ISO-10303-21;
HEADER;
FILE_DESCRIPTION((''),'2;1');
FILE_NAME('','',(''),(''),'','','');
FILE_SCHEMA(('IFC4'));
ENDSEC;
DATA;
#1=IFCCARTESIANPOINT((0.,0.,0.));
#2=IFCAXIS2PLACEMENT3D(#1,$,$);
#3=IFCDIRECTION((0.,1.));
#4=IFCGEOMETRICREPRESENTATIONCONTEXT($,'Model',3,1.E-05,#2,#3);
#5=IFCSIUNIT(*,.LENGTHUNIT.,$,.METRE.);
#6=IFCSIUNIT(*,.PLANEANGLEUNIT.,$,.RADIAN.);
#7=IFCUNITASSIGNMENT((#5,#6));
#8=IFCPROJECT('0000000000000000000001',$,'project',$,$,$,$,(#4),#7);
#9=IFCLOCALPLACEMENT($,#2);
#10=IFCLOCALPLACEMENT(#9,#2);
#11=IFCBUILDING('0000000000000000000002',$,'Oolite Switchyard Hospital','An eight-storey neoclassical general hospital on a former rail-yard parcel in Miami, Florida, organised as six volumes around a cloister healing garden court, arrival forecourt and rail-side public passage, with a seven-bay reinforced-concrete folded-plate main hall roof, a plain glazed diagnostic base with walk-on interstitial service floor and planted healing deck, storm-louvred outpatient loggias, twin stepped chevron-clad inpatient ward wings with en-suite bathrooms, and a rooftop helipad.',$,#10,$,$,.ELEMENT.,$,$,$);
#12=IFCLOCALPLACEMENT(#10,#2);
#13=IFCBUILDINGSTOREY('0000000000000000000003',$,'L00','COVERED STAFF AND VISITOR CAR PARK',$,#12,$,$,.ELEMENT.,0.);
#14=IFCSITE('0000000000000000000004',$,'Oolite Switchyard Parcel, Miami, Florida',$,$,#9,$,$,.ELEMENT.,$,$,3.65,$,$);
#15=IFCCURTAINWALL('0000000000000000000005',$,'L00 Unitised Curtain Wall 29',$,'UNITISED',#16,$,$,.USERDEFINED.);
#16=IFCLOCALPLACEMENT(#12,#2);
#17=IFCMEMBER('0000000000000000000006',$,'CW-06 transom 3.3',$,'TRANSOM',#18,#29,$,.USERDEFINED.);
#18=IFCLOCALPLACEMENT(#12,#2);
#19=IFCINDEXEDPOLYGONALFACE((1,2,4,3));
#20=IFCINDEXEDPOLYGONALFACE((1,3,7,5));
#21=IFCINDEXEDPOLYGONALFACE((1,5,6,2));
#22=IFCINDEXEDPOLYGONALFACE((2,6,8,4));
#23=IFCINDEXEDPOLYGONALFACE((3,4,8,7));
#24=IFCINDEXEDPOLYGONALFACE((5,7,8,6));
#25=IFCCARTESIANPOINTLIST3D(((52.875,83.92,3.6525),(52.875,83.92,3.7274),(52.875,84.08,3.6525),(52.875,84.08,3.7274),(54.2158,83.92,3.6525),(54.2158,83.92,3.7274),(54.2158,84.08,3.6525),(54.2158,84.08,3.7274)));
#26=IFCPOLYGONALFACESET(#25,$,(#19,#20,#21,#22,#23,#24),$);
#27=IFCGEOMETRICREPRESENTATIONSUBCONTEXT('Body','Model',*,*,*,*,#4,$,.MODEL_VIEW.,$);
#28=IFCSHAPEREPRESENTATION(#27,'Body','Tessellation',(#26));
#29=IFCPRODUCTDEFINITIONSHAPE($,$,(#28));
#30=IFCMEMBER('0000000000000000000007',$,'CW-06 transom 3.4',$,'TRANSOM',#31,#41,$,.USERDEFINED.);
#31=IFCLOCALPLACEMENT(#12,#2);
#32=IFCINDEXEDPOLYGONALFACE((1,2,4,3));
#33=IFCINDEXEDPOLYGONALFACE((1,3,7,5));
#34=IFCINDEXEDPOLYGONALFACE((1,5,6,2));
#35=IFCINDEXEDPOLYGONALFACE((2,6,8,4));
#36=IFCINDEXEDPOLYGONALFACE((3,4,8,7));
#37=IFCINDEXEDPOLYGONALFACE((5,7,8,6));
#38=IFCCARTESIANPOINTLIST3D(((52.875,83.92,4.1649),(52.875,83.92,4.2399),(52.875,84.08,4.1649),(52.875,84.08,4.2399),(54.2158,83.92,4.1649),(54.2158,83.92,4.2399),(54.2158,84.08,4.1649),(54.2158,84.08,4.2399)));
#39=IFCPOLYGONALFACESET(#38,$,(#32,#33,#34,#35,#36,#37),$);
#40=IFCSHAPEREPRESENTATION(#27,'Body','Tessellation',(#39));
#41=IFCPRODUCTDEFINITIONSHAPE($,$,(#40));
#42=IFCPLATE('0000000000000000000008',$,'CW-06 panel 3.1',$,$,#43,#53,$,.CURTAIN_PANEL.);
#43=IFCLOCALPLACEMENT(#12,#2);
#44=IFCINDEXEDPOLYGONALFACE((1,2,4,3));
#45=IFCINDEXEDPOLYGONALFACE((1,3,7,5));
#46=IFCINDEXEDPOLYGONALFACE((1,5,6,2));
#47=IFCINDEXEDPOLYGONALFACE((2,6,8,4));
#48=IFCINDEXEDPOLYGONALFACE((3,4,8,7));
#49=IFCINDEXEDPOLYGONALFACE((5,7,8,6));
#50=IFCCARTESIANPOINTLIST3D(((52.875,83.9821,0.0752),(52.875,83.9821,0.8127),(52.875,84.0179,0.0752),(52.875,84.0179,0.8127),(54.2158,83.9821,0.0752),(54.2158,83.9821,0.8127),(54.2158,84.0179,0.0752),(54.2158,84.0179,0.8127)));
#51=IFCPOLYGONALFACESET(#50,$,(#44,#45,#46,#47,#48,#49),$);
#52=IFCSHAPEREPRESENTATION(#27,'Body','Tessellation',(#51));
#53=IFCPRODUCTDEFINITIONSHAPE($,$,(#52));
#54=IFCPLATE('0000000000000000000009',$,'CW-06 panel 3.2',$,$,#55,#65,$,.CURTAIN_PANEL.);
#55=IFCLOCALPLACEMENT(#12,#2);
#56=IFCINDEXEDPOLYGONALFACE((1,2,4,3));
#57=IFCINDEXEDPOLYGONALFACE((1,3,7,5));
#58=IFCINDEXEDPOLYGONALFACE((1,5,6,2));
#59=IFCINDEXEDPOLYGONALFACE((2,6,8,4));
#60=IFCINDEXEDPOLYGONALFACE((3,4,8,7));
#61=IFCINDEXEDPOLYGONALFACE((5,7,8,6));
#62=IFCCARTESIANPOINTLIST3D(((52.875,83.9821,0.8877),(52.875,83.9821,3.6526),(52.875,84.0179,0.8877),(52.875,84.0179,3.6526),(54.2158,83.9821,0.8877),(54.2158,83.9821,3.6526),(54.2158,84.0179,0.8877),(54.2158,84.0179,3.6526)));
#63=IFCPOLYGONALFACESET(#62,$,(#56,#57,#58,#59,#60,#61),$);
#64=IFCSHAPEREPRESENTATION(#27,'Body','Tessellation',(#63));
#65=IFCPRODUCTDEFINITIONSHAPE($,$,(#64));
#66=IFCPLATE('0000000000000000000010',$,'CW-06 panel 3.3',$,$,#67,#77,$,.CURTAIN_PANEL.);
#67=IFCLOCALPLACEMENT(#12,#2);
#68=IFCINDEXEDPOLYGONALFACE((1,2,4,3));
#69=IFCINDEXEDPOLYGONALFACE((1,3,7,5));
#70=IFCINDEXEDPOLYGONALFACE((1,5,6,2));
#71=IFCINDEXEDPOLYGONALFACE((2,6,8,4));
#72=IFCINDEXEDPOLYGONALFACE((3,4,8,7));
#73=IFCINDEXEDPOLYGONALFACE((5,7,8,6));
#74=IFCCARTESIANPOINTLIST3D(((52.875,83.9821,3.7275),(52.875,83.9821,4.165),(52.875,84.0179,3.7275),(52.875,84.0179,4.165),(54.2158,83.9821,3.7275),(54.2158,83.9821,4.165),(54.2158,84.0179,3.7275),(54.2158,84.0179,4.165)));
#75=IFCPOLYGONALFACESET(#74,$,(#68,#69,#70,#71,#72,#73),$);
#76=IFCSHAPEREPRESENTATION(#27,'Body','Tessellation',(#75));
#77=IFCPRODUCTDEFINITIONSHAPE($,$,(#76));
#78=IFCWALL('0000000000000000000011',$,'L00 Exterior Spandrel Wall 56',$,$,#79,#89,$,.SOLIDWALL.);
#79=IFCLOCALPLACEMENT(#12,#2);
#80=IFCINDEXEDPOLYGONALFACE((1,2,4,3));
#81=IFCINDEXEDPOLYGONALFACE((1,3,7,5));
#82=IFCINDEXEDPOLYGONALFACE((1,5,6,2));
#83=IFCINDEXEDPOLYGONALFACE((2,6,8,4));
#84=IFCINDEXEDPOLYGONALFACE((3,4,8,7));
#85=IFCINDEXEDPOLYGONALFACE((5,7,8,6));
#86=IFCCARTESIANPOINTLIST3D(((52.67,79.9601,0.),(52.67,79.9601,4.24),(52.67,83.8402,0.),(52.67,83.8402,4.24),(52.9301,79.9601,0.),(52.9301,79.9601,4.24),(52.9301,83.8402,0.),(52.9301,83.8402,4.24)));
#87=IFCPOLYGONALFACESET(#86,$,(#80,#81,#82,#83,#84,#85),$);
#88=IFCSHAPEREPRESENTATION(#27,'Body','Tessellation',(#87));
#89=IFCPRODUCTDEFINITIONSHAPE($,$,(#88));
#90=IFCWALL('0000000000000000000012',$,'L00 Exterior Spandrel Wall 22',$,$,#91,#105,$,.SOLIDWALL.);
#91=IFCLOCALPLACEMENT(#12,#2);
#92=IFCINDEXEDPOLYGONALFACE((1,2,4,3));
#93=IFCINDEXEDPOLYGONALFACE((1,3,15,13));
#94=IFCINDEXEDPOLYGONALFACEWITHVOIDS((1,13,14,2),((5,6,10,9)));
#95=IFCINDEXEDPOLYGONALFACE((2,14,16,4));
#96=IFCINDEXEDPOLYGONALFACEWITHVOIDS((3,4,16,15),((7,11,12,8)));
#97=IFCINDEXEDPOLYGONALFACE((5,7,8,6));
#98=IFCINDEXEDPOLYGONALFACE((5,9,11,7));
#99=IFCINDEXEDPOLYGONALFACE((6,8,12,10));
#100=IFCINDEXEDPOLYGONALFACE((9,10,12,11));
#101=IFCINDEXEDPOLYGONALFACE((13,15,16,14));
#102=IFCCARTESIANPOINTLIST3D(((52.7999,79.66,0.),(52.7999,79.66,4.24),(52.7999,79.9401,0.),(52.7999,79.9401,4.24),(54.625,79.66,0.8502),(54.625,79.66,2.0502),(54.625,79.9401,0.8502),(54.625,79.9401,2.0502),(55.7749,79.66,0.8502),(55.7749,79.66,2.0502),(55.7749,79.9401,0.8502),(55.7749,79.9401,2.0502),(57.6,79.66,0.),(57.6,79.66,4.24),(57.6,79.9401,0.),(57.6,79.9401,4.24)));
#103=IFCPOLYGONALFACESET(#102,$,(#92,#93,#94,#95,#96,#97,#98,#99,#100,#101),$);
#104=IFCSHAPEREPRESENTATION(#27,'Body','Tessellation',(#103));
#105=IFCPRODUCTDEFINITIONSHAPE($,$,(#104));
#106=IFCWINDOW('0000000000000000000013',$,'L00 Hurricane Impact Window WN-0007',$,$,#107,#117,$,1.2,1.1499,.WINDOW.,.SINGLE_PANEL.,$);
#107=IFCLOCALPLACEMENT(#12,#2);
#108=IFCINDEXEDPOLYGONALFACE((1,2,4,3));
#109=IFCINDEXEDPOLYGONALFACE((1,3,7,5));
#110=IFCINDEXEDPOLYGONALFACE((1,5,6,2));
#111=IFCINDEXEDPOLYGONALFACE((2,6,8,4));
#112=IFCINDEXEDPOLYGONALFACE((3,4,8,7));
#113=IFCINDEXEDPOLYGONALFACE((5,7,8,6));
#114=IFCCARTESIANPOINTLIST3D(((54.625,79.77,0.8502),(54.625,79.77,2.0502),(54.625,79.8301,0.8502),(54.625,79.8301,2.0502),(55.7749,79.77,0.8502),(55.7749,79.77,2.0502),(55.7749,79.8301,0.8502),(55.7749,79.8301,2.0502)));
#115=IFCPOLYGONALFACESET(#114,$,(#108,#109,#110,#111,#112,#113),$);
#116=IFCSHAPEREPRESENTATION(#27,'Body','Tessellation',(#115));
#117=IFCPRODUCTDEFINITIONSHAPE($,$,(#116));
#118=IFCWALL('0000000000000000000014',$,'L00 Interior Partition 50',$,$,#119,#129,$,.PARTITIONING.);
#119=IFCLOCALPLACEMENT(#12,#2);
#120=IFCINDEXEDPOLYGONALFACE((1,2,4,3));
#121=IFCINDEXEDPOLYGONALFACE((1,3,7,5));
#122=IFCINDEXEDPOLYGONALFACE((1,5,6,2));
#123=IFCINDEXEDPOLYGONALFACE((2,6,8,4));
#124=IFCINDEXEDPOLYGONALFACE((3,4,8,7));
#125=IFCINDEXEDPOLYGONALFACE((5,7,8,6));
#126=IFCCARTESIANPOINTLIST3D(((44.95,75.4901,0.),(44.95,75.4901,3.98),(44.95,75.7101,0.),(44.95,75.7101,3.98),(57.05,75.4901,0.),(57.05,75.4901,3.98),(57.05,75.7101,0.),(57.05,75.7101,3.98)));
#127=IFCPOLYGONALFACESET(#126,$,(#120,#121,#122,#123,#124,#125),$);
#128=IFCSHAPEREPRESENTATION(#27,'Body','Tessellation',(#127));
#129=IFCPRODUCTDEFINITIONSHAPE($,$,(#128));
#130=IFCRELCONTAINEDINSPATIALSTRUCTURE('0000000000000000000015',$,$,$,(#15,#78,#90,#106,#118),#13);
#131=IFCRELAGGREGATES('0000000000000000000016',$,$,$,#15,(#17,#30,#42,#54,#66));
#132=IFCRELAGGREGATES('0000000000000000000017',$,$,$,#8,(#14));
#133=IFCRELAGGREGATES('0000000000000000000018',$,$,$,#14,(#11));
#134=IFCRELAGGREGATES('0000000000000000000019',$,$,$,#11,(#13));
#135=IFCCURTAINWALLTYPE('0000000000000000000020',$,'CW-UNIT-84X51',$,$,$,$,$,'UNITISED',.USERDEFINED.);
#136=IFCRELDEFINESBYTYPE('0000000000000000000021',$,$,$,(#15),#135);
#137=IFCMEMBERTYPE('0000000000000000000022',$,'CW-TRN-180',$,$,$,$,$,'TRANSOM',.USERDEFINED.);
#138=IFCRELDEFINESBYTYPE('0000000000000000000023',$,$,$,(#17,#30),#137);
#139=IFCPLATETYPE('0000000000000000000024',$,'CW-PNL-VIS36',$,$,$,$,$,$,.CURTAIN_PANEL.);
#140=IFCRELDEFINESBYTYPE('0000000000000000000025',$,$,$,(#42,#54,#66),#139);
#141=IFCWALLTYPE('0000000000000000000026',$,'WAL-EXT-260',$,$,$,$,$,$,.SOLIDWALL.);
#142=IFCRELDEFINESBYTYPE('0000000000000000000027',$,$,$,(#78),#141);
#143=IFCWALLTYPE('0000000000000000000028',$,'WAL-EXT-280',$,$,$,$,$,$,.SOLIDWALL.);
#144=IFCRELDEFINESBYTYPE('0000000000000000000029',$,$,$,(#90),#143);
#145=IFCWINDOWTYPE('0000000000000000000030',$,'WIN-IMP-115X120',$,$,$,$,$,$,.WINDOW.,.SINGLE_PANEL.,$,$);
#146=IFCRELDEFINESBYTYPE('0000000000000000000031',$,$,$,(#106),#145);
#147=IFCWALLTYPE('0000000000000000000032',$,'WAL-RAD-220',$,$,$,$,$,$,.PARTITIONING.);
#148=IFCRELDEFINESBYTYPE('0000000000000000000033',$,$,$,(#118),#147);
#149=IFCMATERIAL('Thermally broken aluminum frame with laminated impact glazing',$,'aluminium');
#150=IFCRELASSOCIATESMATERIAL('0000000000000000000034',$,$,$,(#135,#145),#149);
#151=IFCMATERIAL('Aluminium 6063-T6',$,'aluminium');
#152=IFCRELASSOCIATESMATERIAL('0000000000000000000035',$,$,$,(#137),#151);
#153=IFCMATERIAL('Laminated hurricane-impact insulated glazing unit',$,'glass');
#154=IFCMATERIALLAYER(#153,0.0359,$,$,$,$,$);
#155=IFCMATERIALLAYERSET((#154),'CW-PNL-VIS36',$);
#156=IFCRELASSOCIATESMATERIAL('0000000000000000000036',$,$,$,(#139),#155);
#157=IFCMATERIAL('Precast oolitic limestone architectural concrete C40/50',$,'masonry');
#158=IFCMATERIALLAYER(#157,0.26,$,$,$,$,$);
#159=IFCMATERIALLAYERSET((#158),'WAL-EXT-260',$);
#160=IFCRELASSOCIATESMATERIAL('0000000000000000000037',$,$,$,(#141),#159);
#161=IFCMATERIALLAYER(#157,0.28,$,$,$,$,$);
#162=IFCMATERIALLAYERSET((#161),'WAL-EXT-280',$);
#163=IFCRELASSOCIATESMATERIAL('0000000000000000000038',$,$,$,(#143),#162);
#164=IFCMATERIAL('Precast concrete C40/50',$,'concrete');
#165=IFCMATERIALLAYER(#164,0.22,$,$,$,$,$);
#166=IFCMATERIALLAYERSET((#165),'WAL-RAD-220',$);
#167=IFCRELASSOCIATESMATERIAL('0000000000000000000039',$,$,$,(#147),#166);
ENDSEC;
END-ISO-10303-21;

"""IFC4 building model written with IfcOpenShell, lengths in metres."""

from ifc_helpers import new_model, si_unit, direction, frame, frame_2d, origin, origin_2d, place, context, subcontext, project, spatial, rectangle, extrude, material, layer, layer_set, material_profile, profile_set, type_object, element, fill, aggregate, save


model = new_model("IFC4")

# Units and contexts
model_context = context("Model", 3, precision=1e-05, world=origin(), true_north=direction((0.0, 1.0)))
body_context = subcontext(model_context, "Body", "Model", "MODEL_VIEW")
ifc_project = project(units=[si_unit("LENGTHUNIT", "METRE"), si_unit("PLANEANGLEUNIT", "RADIAN")], contexts=[model_context])

# Site, building, storey
site_placement = place(None, origin())
site = spatial("IfcSite", under=ifc_project, at=site_placement, Name="Oolite Switchyard Parcel, Miami, Florida", CompositionType="ELEMENT", RefElevation=3.65)
building_placement = place(site_placement, origin())
building = spatial("IfcBuilding", under=site, at=building_placement, Name="Oolite Switchyard Hospital", Description="An eight-storey neoclassical general hospital on a former rail-yard parcel in Miami, Florida, organised as six volumes around a cloister healing garden court, arrival forecourt and rail-side public passage, with a seven-bay reinforced-concrete folded-plate main hall roof, a plain glazed diagnostic base with walk-on interstitial service floor and planted healing deck, storm-louvred outpatient loggias, twin stepped chevron-clad inpatient ward wings with en-suite bathrooms, and a rooftop helipad.", CompositionType="ELEMENT")
storey_placement = place(building_placement, origin())
storey = spatial("IfcBuildingStorey", under=building, at=storey_placement, Name="L00", Description="COVERED STAFF AND VISITOR CAR PARK", CompositionType="ELEMENT", Elevation=0.0)

# Curtain wall, members, plates
ifc_material_1 = material(Name="Thermally broken aluminum frame with laminated impact glazing", Category="aluminium")
curtain_wall_type = type_object("IfcCurtainWallType", Name="CW-UNIT-84X51", ElementType="UNITISED", PredefinedType="USERDEFINED", material=ifc_material_1)
curtain_wall_placement = place(storey_placement, origin())
curtain_wall = element("IfcCurtainWall", 1, at=curtain_wall_placement, inside=storey, type_object=curtain_wall_type, Name="L00 Unitised Curtain Wall 29", ObjectType="UNITISED", PredefinedType="USERDEFINED")
ifc_material_2 = material(Name="Aluminium 6063-T6", Category="aluminium")
ifc_material_profile_1 = material_profile(ifc_material_2, rectangle(XDim=0.1599, YDim=0.075, at=origin_2d()), Name="CWT75X160")
ifc_profile_set_1 = profile_set([ifc_material_profile_1], Name="Aluminium 6063-T6")
member_type_1 = type_object("IfcMemberType", Name="CW-TRN-180", ElementType="TRANSOM", PredefinedType="USERDEFINED", material=ifc_profile_set_1)
member_1_placement = place(storey_placement, frame((54.2158, 84.0, 3.6899), z_axis=(-1.0, 0.0, 0.0), x_axis=(0.0, -1.0, 0.0)))
member_1 = element("IfcMember", 2, at=member_1_placement, type_object=member_type_1, Name="CW-06 transom 3.3", ObjectType="TRANSOM", PredefinedType="USERDEFINED", context=body_context, shape_type="SweptSolid", body=[
    extrude(rectangle(XDim=0.1599, YDim=0.075, at=origin_2d()), origin(), (0.0, 0.0, 1.0), 1.3408),
])
member_2_placement = place(storey_placement, frame((54.2158, 84.0, 4.2024), z_axis=(-1.0, 0.0, 0.0), x_axis=(0.0, -1.0, 0.0)))
member_2 = element("IfcMember", 3, at=member_2_placement, type_object=member_type_1, Name="CW-06 transom 3.4", ObjectType="TRANSOM", PredefinedType="USERDEFINED", context=body_context, shape_type="SweptSolid", body=[
    extrude(rectangle(XDim=0.1599, YDim=0.075, at=origin_2d()), origin(), (0.0, 0.0, 1.0), 1.3408),
])
ifc_material_3 = material(Name="Laminated hurricane-impact insulated glazing unit", Category="glass")
ifc_layer_1 = layer(ifc_material_3, 0.0359)
ifc_layer_set_1 = layer_set([ifc_layer_1], Name="CW-PNL-VIS36")
plate_type = type_object("IfcPlateType", Name="CW-PNL-VIS36", PredefinedType="CURTAIN_PANEL", material=ifc_layer_set_1)
plate_1_placement = place(storey_placement, frame((53.5454, 84.0, 0.0752), z_axis=(0.0, 0.0, 1.0), x_axis=(-1.0, 0.0, 0.0)))
plate_1 = element("IfcPlate", 4, at=plate_1_placement, type_object=plate_type, Name="CW-06 panel 3.1", PredefinedType="CURTAIN_PANEL", context=body_context, shape_type="SweptSolid", body=[
    extrude(rectangle(XDim=1.3408, YDim=0.0359, at=origin_2d()), origin(), (0.0, 0.0, 1.0), 0.7375),
])
plate_2_placement = place(storey_placement, frame((53.5454, 84.0, 0.8877), z_axis=(0.0, 0.0, 1.0), x_axis=(-1.0, 0.0, 0.0)))
plate_2 = element("IfcPlate", 5, at=plate_2_placement, type_object=plate_type, Name="CW-06 panel 3.2", PredefinedType="CURTAIN_PANEL", context=body_context, shape_type="SweptSolid", body=[
    extrude(rectangle(XDim=1.3408, YDim=0.0359, at=origin_2d()), origin(), (0.0, 0.0, 1.0), 2.7649),
])
plate_3_placement = place(storey_placement, frame((53.5454, 84.0, 3.7275), z_axis=(0.0, 0.0, 1.0), x_axis=(-1.0, 0.0, 0.0)))
plate_3 = element("IfcPlate", 6, at=plate_3_placement, type_object=plate_type, Name="CW-06 panel 3.3", PredefinedType="CURTAIN_PANEL", context=body_context, shape_type="SweptSolid", body=[
    extrude(rectangle(XDim=1.3408, YDim=0.0359, at=origin_2d()), origin(), (0.0, 0.0, 1.0), 0.4375),
])
aggregate(curtain_wall, [member_1, member_2, plate_1, plate_2, plate_3])

# Wall
ifc_material_4 = material(Name="Precast oolitic limestone architectural concrete C40/50", Category="masonry")
ifc_layer_2 = layer(ifc_material_4, 0.26)
ifc_layer_set_2 = layer_set([ifc_layer_2], Name="WAL-EXT-260")
wall_type_1 = type_object("IfcWallType", Name="WAL-EXT-260", PredefinedType="SOLIDWALL", material=ifc_layer_set_2)
wall_1_placement = place(storey_placement, frame((52.8, 83.8401, 0.0), z_axis=(0.0, 0.0, 1.0), x_axis=(0.0, -1.0, 0.0)))
element("IfcWall", 7, at=wall_1_placement, inside=storey, type_object=wall_type_1, Name="L00 Exterior Spandrel Wall 56", PredefinedType="SOLIDWALL", context=body_context, shape_type="SweptSolid", body=[
    extrude(rectangle(XDim=3.8801, YDim=0.26, at=frame_2d((1.9399, 0.0))), origin(), (0.0, 0.0, 1.0), 4.24),
])

# Wall, opening, window
ifc_layer_3 = layer(ifc_material_4, 0.28)
ifc_layer_set_3 = layer_set([ifc_layer_3], Name="WAL-EXT-280")
wall_type_2 = type_object("IfcWallType", Name="WAL-EXT-280", PredefinedType="SOLIDWALL", material=ifc_layer_set_3)
wall_2_placement = place(storey_placement, frame((52.8, 79.8, 0.0), z_axis=(0.0, 0.0, 1.0), x_axis=(1.0, 0.0, 0.0)))
wall_2 = element("IfcWall", 8, at=wall_2_placement, inside=storey, type_object=wall_type_2, Name="L00 Exterior Spandrel Wall 22", PredefinedType="SOLIDWALL", context=body_context, shape_type="SweptSolid", body=[
    extrude(rectangle(XDim=4.8, YDim=0.28, at=frame_2d((2.3999, 0.0))), origin(), (0.0, 0.0, 1.0), 4.24),
])
opening_placement = place(wall_2_placement, frame((1.825, 0.0, 0.8501)))
opening = element("IfcOpeningElement", 9, at=opening_placement, cuts=wall_2, PredefinedType="OPENING", context=body_context, shape_type="SweptSolid", body=[
    extrude(rectangle(XDim=1.1499, YDim=1.2, at=frame_2d((0.575, 0.6001))), frame((0.0, 0.1499, 0.0), z_axis=(0.0, -1.0, 0.0), x_axis=(1.0, 0.0, 0.0)), (0.0, 0.0, 1.0), 0.3),
])
window_type = type_object("IfcWindowType", Name="WIN-IMP-115X120", PartitioningType="SINGLE_PANEL", PredefinedType="WINDOW", material=ifc_material_1)
window_placement = place(opening_placement, origin())
window = element("IfcWindow", 10, at=window_placement, inside=storey, type_object=window_type, Name="L00 Hurricane Impact Window WN-0007", OverallHeight=1.2, OverallWidth=1.1499, PartitioningType="SINGLE_PANEL", PredefinedType="WINDOW", context=body_context, shape_type="SweptSolid", body=[
    extrude(rectangle(XDim=1.1499, YDim=1.2, at=frame_2d((0.575, 0.6001))), frame((0.0, 0.03, 0.0), z_axis=(0.0, -1.0, 0.0), x_axis=(1.0, 0.0, 0.0)), (0.0, 0.0, 1.0), 0.0601),
])
fill(opening, window)

# Wall
ifc_material_5 = material(Name="Precast concrete C40/50", Category="concrete")
ifc_layer_4 = layer(ifc_material_5, 0.22)
ifc_layer_set_4 = layer_set([ifc_layer_4], Name="WAL-RAD-220")
wall_type_3 = type_object("IfcWallType", Name="WAL-RAD-220", PredefinedType="PARTITIONING", material=ifc_layer_set_4)
wall_3_placement = place(storey_placement, frame((44.95, 75.6001, 0.0), z_axis=(0.0, 0.0, 1.0), x_axis=(1.0, 0.0, 0.0)))
element("IfcWall", 11, at=wall_3_placement, inside=storey, type_object=wall_type_3, Name="L00 Interior Partition 50", PredefinedType="PARTITIONING", context=body_context, shape_type="SweptSolid", body=[
    extrude(rectangle(XDim=12.1001, YDim=0.22, at=frame_2d((6.05, 0.0))), origin(), (0.0, 0.0, 1.0), 3.98),
])

save(model, "model.ifc")
